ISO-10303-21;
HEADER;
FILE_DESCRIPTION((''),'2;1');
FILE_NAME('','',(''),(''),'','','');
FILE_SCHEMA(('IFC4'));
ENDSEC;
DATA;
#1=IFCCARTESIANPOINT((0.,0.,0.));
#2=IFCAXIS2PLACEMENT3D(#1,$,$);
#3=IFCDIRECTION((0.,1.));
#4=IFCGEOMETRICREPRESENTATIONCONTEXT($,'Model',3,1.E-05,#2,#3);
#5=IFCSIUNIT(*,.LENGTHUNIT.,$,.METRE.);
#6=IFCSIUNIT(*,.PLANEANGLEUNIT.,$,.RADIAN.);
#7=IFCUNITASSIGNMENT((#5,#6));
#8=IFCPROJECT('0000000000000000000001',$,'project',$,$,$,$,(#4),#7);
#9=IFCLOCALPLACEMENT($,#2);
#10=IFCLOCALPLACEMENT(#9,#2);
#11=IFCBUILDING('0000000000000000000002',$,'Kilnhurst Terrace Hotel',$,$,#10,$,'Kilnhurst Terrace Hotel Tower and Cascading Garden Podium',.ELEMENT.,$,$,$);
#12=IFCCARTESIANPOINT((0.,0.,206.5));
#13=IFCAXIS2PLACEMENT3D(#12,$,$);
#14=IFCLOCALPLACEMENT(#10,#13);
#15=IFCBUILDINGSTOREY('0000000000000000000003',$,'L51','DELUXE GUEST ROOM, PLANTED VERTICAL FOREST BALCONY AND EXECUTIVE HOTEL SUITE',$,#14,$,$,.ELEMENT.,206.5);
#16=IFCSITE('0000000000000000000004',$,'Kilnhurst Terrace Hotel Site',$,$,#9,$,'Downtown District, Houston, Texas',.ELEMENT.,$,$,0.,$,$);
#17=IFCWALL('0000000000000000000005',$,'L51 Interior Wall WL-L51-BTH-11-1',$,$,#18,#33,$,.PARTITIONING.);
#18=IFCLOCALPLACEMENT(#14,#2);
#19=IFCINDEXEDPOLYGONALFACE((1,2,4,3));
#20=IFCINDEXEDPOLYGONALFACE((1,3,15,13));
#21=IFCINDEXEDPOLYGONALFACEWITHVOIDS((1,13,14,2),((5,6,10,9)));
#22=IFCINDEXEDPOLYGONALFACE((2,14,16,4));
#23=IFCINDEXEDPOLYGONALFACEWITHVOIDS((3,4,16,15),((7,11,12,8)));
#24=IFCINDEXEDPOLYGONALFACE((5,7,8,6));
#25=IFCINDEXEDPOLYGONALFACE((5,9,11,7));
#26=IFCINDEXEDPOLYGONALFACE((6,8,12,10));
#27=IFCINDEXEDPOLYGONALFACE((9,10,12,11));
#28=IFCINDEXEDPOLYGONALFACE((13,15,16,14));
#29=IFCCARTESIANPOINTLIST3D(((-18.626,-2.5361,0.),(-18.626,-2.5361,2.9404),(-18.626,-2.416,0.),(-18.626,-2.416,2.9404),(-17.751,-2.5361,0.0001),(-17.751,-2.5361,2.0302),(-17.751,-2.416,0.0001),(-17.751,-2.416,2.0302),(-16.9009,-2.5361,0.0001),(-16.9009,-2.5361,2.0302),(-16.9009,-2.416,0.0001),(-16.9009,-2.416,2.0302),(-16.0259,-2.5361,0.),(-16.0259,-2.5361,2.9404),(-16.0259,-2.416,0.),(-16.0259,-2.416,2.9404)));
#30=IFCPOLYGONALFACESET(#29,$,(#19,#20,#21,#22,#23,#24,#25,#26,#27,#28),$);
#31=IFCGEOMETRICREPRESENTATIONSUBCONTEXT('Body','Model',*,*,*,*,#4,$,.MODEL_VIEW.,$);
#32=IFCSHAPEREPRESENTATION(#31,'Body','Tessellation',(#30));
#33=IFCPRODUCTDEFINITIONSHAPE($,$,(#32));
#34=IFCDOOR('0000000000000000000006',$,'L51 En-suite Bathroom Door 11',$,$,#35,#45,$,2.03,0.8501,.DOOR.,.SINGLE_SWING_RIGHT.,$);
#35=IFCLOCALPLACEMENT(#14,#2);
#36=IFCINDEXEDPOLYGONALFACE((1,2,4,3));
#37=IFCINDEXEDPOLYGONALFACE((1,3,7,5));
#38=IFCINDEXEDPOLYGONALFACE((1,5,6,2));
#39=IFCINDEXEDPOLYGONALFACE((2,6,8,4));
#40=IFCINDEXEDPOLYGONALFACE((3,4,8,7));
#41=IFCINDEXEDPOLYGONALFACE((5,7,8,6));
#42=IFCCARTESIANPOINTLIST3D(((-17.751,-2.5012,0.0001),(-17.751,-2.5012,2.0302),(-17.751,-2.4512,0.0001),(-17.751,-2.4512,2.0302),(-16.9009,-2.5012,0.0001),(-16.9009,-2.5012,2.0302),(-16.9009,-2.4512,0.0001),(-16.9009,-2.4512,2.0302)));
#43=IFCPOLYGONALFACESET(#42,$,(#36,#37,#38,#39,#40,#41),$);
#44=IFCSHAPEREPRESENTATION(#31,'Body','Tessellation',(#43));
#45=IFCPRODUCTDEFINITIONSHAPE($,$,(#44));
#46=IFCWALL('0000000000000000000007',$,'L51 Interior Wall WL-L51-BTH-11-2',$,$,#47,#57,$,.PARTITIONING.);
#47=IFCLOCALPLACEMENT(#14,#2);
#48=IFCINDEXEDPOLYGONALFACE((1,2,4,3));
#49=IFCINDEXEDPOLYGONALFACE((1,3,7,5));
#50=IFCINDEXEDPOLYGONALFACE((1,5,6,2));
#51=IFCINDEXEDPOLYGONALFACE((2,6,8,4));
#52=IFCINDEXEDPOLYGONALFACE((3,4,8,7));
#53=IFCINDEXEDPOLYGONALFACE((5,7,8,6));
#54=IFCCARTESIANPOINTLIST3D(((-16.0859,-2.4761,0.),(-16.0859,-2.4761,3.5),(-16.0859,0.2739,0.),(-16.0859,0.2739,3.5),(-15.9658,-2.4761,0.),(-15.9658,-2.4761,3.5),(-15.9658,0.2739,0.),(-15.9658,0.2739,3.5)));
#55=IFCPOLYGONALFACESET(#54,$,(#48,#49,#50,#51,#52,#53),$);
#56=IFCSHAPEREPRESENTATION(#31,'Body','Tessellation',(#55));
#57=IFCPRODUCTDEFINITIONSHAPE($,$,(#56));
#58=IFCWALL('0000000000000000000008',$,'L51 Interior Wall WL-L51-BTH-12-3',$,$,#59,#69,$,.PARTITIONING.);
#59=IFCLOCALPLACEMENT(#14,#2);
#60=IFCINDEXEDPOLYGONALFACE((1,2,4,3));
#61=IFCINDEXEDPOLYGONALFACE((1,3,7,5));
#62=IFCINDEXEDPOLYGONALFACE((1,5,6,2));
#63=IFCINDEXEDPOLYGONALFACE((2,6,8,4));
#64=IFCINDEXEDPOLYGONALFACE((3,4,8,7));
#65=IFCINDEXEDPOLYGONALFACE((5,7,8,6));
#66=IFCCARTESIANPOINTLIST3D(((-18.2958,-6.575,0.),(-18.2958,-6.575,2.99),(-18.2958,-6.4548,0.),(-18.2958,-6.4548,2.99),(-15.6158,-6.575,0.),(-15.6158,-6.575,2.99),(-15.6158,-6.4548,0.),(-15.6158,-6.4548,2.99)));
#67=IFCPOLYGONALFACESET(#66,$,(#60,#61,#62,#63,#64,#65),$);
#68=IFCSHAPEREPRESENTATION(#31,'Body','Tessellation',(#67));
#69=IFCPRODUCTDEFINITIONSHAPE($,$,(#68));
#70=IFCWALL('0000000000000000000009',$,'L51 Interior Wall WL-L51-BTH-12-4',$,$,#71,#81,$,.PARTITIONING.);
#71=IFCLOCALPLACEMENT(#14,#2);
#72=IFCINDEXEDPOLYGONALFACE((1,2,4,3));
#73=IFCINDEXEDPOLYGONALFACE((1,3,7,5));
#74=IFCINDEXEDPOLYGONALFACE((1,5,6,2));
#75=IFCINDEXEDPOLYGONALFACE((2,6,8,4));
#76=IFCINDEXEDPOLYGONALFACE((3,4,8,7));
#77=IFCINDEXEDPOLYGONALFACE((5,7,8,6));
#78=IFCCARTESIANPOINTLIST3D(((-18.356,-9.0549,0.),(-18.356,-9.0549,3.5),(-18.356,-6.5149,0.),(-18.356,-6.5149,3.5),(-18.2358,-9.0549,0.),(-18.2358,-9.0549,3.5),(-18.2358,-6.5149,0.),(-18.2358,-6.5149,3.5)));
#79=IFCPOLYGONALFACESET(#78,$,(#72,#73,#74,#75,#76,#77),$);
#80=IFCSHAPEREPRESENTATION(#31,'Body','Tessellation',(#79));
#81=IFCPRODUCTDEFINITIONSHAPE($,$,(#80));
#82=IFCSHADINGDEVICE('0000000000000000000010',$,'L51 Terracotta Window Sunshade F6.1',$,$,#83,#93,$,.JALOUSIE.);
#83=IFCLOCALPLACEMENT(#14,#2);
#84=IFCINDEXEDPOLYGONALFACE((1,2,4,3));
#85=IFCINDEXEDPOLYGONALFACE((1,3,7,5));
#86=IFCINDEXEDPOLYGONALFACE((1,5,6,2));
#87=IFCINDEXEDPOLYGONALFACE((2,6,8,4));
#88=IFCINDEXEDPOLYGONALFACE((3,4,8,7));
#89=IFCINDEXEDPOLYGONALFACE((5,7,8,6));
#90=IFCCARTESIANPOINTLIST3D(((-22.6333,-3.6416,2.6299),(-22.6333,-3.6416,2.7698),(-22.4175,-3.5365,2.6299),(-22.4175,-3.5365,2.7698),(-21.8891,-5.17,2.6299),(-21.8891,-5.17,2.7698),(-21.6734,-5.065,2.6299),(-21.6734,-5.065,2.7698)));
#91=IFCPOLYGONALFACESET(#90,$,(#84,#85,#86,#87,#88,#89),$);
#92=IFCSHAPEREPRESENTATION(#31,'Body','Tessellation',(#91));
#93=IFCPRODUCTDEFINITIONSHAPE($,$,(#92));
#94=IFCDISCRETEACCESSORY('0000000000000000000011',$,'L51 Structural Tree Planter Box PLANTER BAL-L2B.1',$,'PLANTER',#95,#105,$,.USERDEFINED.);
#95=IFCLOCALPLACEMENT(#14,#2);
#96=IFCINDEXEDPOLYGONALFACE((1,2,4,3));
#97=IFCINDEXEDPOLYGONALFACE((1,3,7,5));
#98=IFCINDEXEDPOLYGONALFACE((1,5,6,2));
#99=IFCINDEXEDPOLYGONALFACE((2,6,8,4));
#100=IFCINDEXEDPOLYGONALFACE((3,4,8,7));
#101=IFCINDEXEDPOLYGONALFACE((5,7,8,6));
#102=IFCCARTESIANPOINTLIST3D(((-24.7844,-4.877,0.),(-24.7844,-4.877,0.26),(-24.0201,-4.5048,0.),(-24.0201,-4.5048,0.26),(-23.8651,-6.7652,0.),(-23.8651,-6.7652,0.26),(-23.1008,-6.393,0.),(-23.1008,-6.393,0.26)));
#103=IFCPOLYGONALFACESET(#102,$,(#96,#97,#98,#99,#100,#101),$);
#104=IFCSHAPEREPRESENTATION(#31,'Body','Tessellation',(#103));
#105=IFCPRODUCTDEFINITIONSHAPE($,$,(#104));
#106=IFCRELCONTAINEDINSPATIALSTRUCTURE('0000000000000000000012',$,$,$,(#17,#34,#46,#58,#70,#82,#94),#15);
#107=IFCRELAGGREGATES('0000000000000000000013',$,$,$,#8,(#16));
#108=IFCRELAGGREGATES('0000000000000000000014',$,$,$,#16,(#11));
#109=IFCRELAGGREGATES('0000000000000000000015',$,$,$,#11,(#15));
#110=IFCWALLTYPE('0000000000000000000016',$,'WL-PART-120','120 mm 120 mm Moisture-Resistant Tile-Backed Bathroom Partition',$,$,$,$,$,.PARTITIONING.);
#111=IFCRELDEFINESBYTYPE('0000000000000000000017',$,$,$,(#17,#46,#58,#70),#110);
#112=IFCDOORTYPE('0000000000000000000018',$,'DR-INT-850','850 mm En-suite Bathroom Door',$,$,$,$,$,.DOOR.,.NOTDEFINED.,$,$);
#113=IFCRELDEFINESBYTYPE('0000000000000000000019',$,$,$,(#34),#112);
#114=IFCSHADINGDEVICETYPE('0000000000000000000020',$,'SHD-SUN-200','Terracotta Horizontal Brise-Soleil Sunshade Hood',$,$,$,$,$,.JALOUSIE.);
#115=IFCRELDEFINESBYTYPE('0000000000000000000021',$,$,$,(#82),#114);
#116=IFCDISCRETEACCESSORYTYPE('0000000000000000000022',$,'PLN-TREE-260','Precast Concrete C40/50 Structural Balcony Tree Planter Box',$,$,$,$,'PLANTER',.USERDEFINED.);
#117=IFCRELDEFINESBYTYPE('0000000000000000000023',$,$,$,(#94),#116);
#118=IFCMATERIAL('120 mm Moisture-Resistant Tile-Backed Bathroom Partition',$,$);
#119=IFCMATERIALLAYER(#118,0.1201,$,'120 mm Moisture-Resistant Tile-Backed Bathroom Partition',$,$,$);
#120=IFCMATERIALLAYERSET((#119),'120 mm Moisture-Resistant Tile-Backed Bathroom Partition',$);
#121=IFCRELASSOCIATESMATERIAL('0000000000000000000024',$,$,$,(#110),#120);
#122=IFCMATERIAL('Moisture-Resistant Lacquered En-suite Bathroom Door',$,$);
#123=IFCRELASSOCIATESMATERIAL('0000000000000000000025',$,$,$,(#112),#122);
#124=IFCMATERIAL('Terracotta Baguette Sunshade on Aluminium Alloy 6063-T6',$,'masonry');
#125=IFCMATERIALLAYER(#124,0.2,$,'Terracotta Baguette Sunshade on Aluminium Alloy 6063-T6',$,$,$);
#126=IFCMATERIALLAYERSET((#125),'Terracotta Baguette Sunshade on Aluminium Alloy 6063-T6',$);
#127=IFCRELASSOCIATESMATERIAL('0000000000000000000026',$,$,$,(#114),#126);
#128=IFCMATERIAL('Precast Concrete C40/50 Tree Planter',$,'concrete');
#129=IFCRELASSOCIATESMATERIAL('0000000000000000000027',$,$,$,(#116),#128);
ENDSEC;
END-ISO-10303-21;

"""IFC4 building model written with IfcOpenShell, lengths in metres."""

from ifc_helpers import new_model, si_unit, direction, frame, frame_2d, origin, origin_2d, place, context, subcontext, project, spatial, rectangle, extrude, material, layer, layer_set, type_object, element, fill, save


model = new_model("IFC4")

# Units and contexts
model_context = context("Model", 3, precision=1e-05, world=origin(), true_north=direction((0.0, 1.0)))
body_context = subcontext(model_context, "Body", "Model", "MODEL_VIEW")
ifc_project = project(units=[si_unit("LENGTHUNIT", "METRE"), si_unit("PLANEANGLEUNIT", "RADIAN")], contexts=[model_context])

# Site, building, storey
site_placement = place(None, origin())
site = spatial("IfcSite", under=ifc_project, at=site_placement, Name="Kilnhurst Terrace Hotel Site", LongName="Downtown District, Houston, Texas", CompositionType="ELEMENT", RefElevation=0.0)
building_placement = place(site_placement, origin())
building = spatial("IfcBuilding", under=site, at=building_placement, Name="Kilnhurst Terrace Hotel", LongName="Kilnhurst Terrace Hotel Tower and Cascading Garden Podium", CompositionType="ELEMENT")
storey_placement = place(building_placement, frame((0.0, 0.0, 206.5)))
storey = spatial("IfcBuildingStorey", under=building, at=storey_placement, Name="L51", Description="DELUXE GUEST ROOM, PLANTED VERTICAL FOREST BALCONY AND EXECUTIVE HOTEL SUITE", CompositionType="ELEMENT", Elevation=206.5)

# Wall, opening, door
ifc_material_1 = material(Name="120 mm Moisture-Resistant Tile-Backed Bathroom Partition")
ifc_layer_1 = layer(ifc_material_1, 0.1201, Name="120 mm Moisture-Resistant Tile-Backed Bathroom Partition")
ifc_layer_set_1 = layer_set([ifc_layer_1], Name="120 mm Moisture-Resistant Tile-Backed Bathroom Partition")
wall_type_1 = type_object("IfcWallType", Name="WL-PART-120", Description="120 mm 120 mm Moisture-Resistant Tile-Backed Bathroom Partition", PredefinedType="PARTITIONING", material=ifc_layer_set_1)
wall_1_placement = place(storey_placement, frame((-18.626, -2.4761, 0.0), z_axis=(0.0, 0.0, 1.0), x_axis=(1.0, 0.0, 0.0)))
wall_1 = element("IfcWall", 1, at=wall_1_placement, inside=storey, type_object=wall_type_1, Name="L51 Interior Wall WL-L51-BTH-11-1", PredefinedType="PARTITIONING", context=body_context, shape_type="SweptSolid", body=[
    extrude(rectangle(XDim=2.6001, YDim=0.1201, at=frame_2d((1.3, 0.0))), origin(), (0.0, 0.0, 1.0), 2.9404),
])
opening_1_placement = place(wall_1_placement, frame((0.875, 0.0, 0.0)))
opening_1 = element("IfcOpeningElement", 2, at=opening_1_placement, cuts=wall_1, PredefinedType="OPENING", context=body_context, shape_type="SweptSolid", body=[
    extrude(rectangle(XDim=0.8501, YDim=2.03, at=frame_2d((0.425, 1.0151))), frame((0.0, 0.0701, 0.0), z_axis=(0.0, -1.0, 0.0), x_axis=(1.0, 0.0, 0.0)), (0.0, 0.0, 1.0), 0.1401),
])
ifc_material_2 = material(Name="Moisture-Resistant Lacquered En-suite Bathroom Door")
door_type_1 = type_object("IfcDoorType", Name="DR-INT-850", Description="850 mm En-suite Bathroom Door", OperationType="NOTDEFINED", PredefinedType="DOOR", material=ifc_material_2)
door_1_placement = place(opening_1_placement, origin())
door_1 = element("IfcDoor", 3, at=door_1_placement, inside=storey, type_object=door_type_1, Name="L51 En-suite Bathroom Door 11", OperationType="SINGLE_SWING_RIGHT", OverallHeight=2.03, OverallWidth=0.8501, PredefinedType="DOOR", context=body_context, shape_type="SweptSolid", body=[
    extrude(rectangle(XDim=0.8501, YDim=2.03, at=frame_2d((0.425, 1.0151))), frame((0.0, 0.0249, 0.0), z_axis=(0.0, -1.0, 0.0), x_axis=(1.0, 0.0, 0.0)), (0.0, 0.0, 1.0), 0.05),
])
fill(opening_1, door_1)

# Walls
wall_2_placement = place(storey_placement, frame((-16.0259, -2.4761, 0.0), z_axis=(0.0, 0.0, 1.0), x_axis=(0.0, 1.0, 0.0)))
element("IfcWall", 4, at=wall_2_placement, inside=storey, type_object=wall_type_1, Name="L51 Interior Wall WL-L51-BTH-11-2", PredefinedType="PARTITIONING", context=body_context, shape_type="SweptSolid", body=[
    extrude(rectangle(XDim=2.75, YDim=0.1201, at=frame_2d((1.375, 0.0))), origin(), (0.0, 0.0, 1.0), 3.5),
])
wall_3_placement = place(storey_placement, frame((-15.616, -6.5149, 0.0), z_axis=(0.0, 0.0, 1.0), x_axis=(-1.0, 0.0, 0.0)))
element("IfcWall", 5, at=wall_3_placement, inside=storey, type_object=wall_type_1, Name="L51 Interior Wall WL-L51-BTH-12-3", PredefinedType="PARTITIONING", context=body_context, shape_type="SweptSolid", body=[
    extrude(rectangle(XDim=2.6799, YDim=0.1201, at=frame_2d((1.3398, 0.0))), origin(), (0.0, 0.0, 1.0), 2.99),
])
wall_4_placement = place(storey_placement, frame((-18.2959, -6.5149, 0.0), z_axis=(0.0, 0.0, 1.0), x_axis=(0.0, -1.0, 0.0)))
element("IfcWall", 6, at=wall_4_placement, inside=storey, type_object=wall_type_1, Name="L51 Interior Wall WL-L51-BTH-12-4", PredefinedType="PARTITIONING", context=body_context, shape_type="SweptSolid", body=[
    extrude(rectangle(XDim=2.54, YDim=0.1201, at=frame_2d((1.27, 0.0))), origin(), (0.0, 0.0, 1.0), 3.5),
])

# Shading device
ifc_material_3 = material(Name="Terracotta Baguette Sunshade on Aluminium Alloy 6063-T6", Category="masonry")
ifc_layer_2 = layer(ifc_material_3, 0.2, Name="Terracotta Baguette Sunshade on Aluminium Alloy 6063-T6")
ifc_layer_set_2 = layer_set([ifc_layer_2], Name="Terracotta Baguette Sunshade on Aluminium Alloy 6063-T6")
shading_device_type = type_object("IfcShadingDeviceType", Name="SHD-SUN-200", Description="Terracotta Horizontal Brise-Soleil Sunshade Hood", PredefinedType="JALOUSIE", material=ifc_layer_set_2)
shading_device_placement = place(storey_placement, frame((-22.1533, -4.3533, 2.6299), z_axis=(0.0, 0.0, 1.0), x_axis=(0.437744, -0.8991, 0.0)))
element("IfcShadingDevice", 7, at=shading_device_placement, inside=storey, type_object=shading_device_type, Name="L51 Terracotta Window Sunshade F6.1", PredefinedType="JALOUSIE", context=body_context, shape_type="SweptSolid", body=[
    extrude(rectangle(XDim=1.7, YDim=0.24, at=origin_2d()), origin(), (0.0, 0.0, 1.0), 0.1399),
])

# Discrete accessory
ifc_material_4 = material(Name="Precast Concrete C40/50 Tree Planter", Category="concrete")
discrete_accessory_type = type_object("IfcDiscreteAccessoryType", Name="PLN-TREE-260", Description="Precast Concrete C40/50 Structural Balcony Tree Planter Box", ElementType="PLANTER", PredefinedType="USERDEFINED", material=ifc_material_4)
discrete_accessory_placement = place(storey_placement, frame((-23.9426, -5.635, 0.0), z_axis=(0.0, 0.0, 1.0), x_axis=(0.437744, -0.8991, 0.0)))
element("IfcDiscreteAccessory", 8, at=discrete_accessory_placement, inside=storey, type_object=discrete_accessory_type, Name="L51 Structural Tree Planter Box PLANTER BAL-L2B.1", ObjectType="PLANTER", PredefinedType="USERDEFINED", context=body_context, shape_type="SweptSolid", body=[
    extrude(rectangle(XDim=2.1001, YDim=0.8501, at=origin_2d()), origin(), (0.0, 0.0, 1.0), 0.26),
])

save(model, "model.ifc")
